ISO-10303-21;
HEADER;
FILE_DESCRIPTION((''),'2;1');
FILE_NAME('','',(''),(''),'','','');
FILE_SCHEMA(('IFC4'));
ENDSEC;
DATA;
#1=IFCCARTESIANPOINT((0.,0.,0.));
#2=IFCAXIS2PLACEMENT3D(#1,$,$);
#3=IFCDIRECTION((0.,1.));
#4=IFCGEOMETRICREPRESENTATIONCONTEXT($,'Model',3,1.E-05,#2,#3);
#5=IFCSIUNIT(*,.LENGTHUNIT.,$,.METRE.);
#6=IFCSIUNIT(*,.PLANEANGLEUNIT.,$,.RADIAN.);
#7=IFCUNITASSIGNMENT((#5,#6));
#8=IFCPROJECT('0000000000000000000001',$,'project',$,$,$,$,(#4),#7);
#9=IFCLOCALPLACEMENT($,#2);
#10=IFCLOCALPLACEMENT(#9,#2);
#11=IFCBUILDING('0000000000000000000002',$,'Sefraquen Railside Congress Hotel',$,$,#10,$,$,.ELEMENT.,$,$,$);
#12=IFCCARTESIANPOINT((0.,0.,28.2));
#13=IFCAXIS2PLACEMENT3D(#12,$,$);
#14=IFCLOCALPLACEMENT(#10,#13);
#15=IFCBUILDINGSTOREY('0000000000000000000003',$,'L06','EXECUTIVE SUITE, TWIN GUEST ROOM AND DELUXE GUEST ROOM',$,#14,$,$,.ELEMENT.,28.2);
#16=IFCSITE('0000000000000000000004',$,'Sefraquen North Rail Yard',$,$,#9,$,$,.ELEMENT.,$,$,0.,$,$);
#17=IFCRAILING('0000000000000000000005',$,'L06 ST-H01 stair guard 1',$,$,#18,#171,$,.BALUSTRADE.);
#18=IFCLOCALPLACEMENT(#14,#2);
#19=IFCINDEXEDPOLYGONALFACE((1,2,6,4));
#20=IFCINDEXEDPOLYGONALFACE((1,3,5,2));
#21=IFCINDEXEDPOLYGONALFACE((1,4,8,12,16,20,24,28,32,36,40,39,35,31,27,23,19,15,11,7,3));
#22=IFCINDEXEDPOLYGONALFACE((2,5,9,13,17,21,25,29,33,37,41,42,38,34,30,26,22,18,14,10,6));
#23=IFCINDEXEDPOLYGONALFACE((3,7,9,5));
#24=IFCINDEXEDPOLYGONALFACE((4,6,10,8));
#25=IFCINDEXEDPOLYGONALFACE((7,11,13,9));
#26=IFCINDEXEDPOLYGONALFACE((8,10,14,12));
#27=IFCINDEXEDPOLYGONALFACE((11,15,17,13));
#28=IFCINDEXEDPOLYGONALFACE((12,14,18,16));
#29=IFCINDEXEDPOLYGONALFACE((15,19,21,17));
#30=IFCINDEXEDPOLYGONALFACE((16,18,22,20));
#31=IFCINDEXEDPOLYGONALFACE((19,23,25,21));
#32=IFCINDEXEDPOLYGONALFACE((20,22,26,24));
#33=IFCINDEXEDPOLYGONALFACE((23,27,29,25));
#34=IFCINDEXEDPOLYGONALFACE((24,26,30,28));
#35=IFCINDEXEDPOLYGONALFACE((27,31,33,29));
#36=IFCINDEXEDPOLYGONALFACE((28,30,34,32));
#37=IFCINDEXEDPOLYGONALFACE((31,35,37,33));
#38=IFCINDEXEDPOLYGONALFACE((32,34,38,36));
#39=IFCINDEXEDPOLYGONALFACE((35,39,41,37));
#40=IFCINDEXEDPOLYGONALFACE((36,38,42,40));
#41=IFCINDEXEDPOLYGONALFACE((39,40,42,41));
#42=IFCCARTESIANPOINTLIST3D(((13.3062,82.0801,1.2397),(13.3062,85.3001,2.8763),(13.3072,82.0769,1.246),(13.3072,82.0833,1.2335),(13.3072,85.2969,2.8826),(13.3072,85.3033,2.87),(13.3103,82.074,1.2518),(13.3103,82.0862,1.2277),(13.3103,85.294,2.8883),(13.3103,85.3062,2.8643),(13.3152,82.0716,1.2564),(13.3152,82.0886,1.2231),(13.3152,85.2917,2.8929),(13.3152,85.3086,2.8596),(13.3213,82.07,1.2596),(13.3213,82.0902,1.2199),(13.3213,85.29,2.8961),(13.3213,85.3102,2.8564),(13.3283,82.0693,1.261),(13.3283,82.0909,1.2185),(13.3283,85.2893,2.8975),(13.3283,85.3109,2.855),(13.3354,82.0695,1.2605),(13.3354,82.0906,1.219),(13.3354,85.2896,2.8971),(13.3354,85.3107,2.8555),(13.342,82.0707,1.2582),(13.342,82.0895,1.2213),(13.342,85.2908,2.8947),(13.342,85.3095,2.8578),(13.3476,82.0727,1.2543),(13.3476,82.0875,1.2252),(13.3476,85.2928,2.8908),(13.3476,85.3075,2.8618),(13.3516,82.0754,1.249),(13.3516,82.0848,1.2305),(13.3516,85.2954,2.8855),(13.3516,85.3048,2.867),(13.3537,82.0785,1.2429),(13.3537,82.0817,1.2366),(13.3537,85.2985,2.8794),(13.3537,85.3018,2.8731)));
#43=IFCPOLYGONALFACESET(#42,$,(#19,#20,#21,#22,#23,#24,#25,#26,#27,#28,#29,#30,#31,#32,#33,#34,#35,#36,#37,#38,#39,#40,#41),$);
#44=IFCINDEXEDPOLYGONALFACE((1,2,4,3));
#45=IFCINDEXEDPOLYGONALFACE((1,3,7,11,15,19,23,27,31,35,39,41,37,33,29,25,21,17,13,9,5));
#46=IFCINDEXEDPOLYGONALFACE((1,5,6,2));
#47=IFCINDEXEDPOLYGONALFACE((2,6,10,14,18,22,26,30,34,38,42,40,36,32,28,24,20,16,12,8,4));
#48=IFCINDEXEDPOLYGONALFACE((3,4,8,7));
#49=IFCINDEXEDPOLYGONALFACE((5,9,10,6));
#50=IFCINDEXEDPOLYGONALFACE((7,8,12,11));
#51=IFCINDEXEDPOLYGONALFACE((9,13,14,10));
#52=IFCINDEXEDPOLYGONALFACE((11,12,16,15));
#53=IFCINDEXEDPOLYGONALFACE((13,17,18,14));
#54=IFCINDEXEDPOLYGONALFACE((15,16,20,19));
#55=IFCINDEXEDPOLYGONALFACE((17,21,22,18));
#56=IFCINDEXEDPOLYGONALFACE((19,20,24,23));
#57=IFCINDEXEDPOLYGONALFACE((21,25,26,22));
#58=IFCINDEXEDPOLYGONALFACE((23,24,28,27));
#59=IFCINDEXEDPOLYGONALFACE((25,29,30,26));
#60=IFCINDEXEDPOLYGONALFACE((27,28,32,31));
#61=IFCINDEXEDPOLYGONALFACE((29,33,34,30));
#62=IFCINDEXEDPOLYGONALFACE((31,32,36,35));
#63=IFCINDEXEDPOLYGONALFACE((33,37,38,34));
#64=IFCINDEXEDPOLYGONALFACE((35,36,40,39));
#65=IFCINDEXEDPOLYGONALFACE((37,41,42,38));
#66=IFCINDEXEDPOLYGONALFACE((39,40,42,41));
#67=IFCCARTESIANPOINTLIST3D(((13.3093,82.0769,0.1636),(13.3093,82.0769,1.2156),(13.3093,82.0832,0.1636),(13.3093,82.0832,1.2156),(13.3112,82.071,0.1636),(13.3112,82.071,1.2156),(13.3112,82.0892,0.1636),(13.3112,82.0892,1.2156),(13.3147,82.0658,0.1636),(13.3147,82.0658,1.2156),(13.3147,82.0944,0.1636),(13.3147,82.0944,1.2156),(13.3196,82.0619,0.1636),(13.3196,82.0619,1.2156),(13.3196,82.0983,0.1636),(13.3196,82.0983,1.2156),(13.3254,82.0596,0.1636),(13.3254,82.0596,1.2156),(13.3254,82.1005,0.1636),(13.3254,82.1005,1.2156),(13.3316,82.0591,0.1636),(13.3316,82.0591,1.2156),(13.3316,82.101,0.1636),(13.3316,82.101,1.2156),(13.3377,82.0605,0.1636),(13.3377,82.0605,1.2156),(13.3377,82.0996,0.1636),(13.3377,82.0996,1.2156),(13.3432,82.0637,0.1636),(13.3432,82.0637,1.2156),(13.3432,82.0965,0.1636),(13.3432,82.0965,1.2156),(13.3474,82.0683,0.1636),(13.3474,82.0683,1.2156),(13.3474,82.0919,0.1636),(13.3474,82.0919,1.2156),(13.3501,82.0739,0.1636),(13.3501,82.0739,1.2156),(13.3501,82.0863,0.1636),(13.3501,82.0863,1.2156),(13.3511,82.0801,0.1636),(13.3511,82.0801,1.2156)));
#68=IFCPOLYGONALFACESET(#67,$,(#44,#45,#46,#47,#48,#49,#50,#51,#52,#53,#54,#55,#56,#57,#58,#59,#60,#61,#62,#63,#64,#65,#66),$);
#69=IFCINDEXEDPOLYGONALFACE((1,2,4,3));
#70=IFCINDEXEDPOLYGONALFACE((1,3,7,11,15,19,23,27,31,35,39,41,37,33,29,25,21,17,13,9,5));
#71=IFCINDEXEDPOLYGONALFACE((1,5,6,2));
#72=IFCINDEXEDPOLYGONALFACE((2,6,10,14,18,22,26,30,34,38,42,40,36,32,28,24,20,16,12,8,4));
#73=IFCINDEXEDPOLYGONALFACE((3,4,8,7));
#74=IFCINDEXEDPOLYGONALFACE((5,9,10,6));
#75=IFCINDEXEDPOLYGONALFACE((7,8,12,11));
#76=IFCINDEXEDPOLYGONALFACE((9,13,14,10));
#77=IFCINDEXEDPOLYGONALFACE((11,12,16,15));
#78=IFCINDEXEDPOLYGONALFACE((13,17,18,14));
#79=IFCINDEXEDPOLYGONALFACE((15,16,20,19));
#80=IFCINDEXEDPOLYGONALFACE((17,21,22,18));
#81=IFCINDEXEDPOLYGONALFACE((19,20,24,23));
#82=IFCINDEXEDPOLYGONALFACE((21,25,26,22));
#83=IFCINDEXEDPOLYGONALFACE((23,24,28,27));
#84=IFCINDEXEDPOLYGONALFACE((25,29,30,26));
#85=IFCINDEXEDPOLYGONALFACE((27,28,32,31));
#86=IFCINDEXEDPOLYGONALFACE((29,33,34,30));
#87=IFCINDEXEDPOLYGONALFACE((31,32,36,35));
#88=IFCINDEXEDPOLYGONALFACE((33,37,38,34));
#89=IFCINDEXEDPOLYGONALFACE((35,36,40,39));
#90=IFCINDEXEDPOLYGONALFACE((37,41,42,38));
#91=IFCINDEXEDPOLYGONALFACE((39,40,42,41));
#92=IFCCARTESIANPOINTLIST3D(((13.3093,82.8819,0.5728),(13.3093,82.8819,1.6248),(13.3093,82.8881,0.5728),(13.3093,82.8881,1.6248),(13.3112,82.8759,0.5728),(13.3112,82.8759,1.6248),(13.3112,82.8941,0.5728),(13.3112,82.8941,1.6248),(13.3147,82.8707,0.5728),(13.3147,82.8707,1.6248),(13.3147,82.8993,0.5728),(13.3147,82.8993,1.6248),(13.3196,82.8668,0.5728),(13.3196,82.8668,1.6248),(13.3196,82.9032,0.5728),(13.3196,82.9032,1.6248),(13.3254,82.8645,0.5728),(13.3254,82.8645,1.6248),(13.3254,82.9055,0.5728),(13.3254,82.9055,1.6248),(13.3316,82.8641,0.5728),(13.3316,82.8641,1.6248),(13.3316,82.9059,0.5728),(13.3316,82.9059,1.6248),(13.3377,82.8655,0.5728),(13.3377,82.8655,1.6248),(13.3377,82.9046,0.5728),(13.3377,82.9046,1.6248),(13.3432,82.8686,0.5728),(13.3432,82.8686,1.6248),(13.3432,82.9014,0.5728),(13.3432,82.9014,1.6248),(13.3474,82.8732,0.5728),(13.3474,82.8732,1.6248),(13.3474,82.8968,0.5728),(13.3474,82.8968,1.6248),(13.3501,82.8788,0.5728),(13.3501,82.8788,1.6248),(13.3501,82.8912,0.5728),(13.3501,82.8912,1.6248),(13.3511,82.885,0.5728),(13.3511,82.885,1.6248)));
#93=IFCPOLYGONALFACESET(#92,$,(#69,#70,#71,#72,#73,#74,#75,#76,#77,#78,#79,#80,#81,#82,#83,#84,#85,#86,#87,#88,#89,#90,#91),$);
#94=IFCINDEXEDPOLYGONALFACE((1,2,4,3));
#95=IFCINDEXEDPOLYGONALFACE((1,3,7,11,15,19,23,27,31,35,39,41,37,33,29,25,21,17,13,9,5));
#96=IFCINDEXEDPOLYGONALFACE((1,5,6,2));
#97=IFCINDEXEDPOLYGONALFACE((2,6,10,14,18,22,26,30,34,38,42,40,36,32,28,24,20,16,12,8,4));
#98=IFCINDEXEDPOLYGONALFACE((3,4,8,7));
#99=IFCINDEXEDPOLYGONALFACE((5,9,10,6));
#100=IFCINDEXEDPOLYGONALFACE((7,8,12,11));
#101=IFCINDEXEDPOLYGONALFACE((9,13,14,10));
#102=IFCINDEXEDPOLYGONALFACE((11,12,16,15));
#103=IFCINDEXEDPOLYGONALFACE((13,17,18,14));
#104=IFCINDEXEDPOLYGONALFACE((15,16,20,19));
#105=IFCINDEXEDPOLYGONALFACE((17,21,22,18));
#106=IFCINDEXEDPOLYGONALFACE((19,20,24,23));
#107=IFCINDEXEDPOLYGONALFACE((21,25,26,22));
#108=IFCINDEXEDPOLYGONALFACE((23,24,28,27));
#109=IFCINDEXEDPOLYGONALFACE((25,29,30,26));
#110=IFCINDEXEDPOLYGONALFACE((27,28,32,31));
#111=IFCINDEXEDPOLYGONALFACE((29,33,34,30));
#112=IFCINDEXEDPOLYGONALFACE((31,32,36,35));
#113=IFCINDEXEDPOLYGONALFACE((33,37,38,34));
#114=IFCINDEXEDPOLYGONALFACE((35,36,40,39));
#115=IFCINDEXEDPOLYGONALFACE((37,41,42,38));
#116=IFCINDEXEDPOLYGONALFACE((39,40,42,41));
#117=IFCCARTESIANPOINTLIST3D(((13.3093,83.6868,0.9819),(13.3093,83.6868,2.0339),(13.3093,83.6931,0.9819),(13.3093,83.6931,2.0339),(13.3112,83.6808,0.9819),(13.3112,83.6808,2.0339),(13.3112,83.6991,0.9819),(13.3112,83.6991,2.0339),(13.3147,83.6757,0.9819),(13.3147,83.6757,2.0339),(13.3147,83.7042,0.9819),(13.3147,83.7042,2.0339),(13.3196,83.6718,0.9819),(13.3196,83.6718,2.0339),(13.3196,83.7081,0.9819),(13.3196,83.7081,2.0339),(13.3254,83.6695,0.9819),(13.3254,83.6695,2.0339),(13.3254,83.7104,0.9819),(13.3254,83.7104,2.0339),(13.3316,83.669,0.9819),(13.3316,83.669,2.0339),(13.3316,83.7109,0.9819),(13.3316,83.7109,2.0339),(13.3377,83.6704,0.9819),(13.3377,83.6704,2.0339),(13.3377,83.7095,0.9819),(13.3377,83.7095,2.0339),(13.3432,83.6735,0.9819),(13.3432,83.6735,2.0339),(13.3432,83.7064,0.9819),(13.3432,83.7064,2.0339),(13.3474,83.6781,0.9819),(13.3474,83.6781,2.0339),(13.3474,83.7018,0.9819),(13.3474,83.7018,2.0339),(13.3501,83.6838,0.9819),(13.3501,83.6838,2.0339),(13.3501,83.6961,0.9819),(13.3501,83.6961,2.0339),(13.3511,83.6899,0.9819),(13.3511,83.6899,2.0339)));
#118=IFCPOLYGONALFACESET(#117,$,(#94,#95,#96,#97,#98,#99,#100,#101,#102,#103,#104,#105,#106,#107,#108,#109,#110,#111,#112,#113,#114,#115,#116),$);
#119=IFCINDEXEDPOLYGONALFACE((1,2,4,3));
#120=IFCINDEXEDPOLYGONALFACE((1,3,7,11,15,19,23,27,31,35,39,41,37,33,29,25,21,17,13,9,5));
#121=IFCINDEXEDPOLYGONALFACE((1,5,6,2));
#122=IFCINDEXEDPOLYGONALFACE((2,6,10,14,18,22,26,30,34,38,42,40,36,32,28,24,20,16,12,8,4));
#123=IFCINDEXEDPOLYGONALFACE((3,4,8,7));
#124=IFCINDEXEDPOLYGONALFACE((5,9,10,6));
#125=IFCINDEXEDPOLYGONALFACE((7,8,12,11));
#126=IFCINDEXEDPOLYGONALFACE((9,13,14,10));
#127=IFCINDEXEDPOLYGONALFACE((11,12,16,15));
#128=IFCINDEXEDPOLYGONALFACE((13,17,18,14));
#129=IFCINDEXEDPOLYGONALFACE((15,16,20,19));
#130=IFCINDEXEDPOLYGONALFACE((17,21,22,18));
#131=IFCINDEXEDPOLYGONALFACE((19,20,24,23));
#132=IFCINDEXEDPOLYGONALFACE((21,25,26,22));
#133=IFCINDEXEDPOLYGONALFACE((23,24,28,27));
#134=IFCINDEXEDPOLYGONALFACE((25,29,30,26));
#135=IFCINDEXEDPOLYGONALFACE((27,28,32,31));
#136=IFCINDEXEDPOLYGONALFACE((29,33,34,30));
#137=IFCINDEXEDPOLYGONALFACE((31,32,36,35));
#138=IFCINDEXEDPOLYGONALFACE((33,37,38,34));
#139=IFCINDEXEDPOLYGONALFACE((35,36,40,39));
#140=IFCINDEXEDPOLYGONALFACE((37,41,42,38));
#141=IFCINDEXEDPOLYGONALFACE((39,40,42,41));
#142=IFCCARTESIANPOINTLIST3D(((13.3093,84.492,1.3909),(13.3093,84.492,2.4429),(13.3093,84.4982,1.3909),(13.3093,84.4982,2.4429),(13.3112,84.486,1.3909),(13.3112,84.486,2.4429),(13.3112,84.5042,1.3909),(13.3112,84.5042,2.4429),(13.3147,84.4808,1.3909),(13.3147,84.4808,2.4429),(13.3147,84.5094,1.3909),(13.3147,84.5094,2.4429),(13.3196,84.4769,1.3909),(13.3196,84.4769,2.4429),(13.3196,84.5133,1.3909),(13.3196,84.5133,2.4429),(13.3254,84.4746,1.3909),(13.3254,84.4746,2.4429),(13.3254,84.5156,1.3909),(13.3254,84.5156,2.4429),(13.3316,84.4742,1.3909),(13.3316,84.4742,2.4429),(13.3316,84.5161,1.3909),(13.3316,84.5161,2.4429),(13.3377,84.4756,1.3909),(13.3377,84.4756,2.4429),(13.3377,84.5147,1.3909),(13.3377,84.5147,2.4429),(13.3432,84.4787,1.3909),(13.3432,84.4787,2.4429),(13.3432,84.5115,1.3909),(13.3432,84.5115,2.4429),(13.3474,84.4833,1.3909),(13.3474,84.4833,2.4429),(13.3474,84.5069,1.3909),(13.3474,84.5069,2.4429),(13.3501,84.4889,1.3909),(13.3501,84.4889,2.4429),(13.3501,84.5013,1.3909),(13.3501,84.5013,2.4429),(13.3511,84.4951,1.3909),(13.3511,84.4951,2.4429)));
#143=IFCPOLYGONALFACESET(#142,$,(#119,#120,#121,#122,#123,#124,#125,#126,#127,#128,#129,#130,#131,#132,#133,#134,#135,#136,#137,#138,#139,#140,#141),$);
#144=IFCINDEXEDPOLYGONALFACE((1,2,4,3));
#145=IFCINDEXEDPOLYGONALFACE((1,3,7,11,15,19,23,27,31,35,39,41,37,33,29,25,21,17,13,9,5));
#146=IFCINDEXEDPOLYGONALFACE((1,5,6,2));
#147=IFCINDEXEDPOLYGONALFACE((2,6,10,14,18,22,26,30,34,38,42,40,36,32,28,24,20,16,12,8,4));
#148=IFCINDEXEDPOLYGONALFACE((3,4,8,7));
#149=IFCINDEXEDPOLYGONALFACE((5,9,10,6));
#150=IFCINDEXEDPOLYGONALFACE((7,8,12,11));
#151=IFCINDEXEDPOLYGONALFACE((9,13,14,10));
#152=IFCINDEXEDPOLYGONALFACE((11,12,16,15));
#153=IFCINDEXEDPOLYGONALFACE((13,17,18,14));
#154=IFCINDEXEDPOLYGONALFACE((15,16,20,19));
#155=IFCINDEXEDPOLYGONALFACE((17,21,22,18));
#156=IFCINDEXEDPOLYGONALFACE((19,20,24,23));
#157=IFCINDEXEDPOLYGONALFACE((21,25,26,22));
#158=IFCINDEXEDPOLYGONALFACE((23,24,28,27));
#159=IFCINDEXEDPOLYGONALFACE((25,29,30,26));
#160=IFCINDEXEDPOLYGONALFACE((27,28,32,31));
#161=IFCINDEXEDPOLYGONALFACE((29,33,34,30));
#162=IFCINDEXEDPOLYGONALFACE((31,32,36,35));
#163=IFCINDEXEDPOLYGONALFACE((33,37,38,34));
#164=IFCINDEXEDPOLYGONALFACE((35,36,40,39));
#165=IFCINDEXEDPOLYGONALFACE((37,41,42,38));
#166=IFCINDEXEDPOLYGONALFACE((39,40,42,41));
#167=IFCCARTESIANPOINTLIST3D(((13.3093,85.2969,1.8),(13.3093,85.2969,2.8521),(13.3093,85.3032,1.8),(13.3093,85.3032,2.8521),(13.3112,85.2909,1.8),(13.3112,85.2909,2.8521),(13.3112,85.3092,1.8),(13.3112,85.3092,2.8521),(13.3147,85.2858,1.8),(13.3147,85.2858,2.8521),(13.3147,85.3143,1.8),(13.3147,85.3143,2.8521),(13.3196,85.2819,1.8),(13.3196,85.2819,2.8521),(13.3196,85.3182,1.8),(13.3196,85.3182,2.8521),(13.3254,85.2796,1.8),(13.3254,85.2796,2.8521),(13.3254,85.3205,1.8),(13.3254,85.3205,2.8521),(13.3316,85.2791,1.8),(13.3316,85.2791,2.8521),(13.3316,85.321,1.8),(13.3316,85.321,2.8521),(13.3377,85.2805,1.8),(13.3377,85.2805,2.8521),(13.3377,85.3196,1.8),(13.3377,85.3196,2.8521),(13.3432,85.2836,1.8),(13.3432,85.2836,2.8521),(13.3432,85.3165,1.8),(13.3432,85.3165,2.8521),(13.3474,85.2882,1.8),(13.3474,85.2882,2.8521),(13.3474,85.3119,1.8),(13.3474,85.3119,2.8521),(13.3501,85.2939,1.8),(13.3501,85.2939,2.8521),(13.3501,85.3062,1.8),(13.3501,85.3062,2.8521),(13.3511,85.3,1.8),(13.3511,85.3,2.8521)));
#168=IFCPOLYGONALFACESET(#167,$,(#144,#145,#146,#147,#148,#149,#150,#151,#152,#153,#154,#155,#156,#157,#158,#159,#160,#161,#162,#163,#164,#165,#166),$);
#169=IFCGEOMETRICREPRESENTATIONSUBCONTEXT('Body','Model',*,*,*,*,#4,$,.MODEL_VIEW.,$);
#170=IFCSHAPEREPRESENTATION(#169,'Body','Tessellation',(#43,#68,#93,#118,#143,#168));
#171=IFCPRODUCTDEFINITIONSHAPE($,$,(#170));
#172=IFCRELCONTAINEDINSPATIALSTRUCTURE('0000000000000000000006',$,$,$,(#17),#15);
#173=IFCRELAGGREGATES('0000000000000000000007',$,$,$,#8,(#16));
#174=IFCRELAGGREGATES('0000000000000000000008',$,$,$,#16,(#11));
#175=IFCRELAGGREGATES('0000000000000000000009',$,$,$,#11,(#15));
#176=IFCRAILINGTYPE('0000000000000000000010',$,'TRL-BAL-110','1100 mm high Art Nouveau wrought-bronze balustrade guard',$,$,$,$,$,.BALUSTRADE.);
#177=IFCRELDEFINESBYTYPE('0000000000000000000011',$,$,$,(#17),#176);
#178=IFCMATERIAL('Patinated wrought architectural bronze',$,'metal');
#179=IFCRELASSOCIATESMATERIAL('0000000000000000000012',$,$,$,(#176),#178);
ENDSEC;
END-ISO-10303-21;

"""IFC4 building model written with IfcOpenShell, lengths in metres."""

from ifc_helpers import new_model, si_unit, direction, frame, origin, origin_2d, place, context, subcontext, project, spatial, circle, extrude, material, type_object, element, save


model = new_model("IFC4")

# Units and contexts
model_context = context("Model", 3, precision=1e-05, world=origin(), true_north=direction((0.0, 1.0)))
body_context = subcontext(model_context, "Body", "Model", "MODEL_VIEW")
ifc_project = project(units=[si_unit("LENGTHUNIT", "METRE"), si_unit("PLANEANGLEUNIT", "RADIAN")], contexts=[model_context])

# Site, building, storey
site_placement = place(None, origin())
site = spatial("IfcSite", under=ifc_project, at=site_placement, Name="Sefraquen North Rail Yard", CompositionType="ELEMENT", RefElevation=0.0)
building_placement = place(site_placement, origin())
building = spatial("IfcBuilding", under=site, at=building_placement, Name="Sefraquen Railside Congress Hotel", CompositionType="ELEMENT")
storey_placement = place(building_placement, frame((0.0, 0.0, 28.2)))
storey = spatial("IfcBuildingStorey", under=building, at=storey_placement, Name="L06", Description="EXECUTIVE SUITE, TWIN GUEST ROOM AND DELUXE GUEST ROOM", CompositionType="ELEMENT", Elevation=28.2)

# Railing
ifc_material_1 = material(Name="Patinated wrought architectural bronze", Category="metal")
railing_type_1 = type_object("IfcRailingType", Name="TRL-BAL-110", Description="1100 mm high Art Nouveau wrought-bronze balustrade guard", PredefinedType="BALUSTRADE", material=ifc_material_1)
railing_1_placement = place(storey_placement, frame((13.3301, 82.0801, 0.1636)))
element("IfcRailing", 1, at=railing_1_placement, inside=storey, type_object=railing_type_1, Name="L06 ST-H01 stair guard 1", PredefinedType="BALUSTRADE", context=body_context, shape_type="SweptSolid", body=[
    extrude(circle(Radius=0.0239, at=origin_2d()), frame((0.0, 0.0, 1.0762), z_axis=(0.0, 0.891474, 0.453071), x_axis=(-1.0, 0.0, 0.0)), (0.0, 0.0, 1.0), 3.6121),
    extrude(circle(Radius=0.021, at=origin_2d()), origin(), (0.0, 0.0, 1.0), 1.052),
    extrude(circle(Radius=0.021, at=origin_2d()), frame((0.0, 0.8049, 0.4092)), (0.0, 0.0, 1.0), 1.052),
    extrude(circle(Radius=0.021, at=origin_2d()), frame((0.0, 1.6099, 0.8184)), (0.0, 0.0, 1.0), 1.052),
    extrude(circle(Radius=0.021, at=origin_2d()), frame((0.0, 2.415, 1.2273)), (0.0, 0.0, 1.0), 1.052),
    extrude(circle(Radius=0.021, at=origin_2d()), frame((0.0, 3.22, 1.6365)), (0.0, 0.0, 1.0), 1.052),
])

save(model, "model.ifc")
